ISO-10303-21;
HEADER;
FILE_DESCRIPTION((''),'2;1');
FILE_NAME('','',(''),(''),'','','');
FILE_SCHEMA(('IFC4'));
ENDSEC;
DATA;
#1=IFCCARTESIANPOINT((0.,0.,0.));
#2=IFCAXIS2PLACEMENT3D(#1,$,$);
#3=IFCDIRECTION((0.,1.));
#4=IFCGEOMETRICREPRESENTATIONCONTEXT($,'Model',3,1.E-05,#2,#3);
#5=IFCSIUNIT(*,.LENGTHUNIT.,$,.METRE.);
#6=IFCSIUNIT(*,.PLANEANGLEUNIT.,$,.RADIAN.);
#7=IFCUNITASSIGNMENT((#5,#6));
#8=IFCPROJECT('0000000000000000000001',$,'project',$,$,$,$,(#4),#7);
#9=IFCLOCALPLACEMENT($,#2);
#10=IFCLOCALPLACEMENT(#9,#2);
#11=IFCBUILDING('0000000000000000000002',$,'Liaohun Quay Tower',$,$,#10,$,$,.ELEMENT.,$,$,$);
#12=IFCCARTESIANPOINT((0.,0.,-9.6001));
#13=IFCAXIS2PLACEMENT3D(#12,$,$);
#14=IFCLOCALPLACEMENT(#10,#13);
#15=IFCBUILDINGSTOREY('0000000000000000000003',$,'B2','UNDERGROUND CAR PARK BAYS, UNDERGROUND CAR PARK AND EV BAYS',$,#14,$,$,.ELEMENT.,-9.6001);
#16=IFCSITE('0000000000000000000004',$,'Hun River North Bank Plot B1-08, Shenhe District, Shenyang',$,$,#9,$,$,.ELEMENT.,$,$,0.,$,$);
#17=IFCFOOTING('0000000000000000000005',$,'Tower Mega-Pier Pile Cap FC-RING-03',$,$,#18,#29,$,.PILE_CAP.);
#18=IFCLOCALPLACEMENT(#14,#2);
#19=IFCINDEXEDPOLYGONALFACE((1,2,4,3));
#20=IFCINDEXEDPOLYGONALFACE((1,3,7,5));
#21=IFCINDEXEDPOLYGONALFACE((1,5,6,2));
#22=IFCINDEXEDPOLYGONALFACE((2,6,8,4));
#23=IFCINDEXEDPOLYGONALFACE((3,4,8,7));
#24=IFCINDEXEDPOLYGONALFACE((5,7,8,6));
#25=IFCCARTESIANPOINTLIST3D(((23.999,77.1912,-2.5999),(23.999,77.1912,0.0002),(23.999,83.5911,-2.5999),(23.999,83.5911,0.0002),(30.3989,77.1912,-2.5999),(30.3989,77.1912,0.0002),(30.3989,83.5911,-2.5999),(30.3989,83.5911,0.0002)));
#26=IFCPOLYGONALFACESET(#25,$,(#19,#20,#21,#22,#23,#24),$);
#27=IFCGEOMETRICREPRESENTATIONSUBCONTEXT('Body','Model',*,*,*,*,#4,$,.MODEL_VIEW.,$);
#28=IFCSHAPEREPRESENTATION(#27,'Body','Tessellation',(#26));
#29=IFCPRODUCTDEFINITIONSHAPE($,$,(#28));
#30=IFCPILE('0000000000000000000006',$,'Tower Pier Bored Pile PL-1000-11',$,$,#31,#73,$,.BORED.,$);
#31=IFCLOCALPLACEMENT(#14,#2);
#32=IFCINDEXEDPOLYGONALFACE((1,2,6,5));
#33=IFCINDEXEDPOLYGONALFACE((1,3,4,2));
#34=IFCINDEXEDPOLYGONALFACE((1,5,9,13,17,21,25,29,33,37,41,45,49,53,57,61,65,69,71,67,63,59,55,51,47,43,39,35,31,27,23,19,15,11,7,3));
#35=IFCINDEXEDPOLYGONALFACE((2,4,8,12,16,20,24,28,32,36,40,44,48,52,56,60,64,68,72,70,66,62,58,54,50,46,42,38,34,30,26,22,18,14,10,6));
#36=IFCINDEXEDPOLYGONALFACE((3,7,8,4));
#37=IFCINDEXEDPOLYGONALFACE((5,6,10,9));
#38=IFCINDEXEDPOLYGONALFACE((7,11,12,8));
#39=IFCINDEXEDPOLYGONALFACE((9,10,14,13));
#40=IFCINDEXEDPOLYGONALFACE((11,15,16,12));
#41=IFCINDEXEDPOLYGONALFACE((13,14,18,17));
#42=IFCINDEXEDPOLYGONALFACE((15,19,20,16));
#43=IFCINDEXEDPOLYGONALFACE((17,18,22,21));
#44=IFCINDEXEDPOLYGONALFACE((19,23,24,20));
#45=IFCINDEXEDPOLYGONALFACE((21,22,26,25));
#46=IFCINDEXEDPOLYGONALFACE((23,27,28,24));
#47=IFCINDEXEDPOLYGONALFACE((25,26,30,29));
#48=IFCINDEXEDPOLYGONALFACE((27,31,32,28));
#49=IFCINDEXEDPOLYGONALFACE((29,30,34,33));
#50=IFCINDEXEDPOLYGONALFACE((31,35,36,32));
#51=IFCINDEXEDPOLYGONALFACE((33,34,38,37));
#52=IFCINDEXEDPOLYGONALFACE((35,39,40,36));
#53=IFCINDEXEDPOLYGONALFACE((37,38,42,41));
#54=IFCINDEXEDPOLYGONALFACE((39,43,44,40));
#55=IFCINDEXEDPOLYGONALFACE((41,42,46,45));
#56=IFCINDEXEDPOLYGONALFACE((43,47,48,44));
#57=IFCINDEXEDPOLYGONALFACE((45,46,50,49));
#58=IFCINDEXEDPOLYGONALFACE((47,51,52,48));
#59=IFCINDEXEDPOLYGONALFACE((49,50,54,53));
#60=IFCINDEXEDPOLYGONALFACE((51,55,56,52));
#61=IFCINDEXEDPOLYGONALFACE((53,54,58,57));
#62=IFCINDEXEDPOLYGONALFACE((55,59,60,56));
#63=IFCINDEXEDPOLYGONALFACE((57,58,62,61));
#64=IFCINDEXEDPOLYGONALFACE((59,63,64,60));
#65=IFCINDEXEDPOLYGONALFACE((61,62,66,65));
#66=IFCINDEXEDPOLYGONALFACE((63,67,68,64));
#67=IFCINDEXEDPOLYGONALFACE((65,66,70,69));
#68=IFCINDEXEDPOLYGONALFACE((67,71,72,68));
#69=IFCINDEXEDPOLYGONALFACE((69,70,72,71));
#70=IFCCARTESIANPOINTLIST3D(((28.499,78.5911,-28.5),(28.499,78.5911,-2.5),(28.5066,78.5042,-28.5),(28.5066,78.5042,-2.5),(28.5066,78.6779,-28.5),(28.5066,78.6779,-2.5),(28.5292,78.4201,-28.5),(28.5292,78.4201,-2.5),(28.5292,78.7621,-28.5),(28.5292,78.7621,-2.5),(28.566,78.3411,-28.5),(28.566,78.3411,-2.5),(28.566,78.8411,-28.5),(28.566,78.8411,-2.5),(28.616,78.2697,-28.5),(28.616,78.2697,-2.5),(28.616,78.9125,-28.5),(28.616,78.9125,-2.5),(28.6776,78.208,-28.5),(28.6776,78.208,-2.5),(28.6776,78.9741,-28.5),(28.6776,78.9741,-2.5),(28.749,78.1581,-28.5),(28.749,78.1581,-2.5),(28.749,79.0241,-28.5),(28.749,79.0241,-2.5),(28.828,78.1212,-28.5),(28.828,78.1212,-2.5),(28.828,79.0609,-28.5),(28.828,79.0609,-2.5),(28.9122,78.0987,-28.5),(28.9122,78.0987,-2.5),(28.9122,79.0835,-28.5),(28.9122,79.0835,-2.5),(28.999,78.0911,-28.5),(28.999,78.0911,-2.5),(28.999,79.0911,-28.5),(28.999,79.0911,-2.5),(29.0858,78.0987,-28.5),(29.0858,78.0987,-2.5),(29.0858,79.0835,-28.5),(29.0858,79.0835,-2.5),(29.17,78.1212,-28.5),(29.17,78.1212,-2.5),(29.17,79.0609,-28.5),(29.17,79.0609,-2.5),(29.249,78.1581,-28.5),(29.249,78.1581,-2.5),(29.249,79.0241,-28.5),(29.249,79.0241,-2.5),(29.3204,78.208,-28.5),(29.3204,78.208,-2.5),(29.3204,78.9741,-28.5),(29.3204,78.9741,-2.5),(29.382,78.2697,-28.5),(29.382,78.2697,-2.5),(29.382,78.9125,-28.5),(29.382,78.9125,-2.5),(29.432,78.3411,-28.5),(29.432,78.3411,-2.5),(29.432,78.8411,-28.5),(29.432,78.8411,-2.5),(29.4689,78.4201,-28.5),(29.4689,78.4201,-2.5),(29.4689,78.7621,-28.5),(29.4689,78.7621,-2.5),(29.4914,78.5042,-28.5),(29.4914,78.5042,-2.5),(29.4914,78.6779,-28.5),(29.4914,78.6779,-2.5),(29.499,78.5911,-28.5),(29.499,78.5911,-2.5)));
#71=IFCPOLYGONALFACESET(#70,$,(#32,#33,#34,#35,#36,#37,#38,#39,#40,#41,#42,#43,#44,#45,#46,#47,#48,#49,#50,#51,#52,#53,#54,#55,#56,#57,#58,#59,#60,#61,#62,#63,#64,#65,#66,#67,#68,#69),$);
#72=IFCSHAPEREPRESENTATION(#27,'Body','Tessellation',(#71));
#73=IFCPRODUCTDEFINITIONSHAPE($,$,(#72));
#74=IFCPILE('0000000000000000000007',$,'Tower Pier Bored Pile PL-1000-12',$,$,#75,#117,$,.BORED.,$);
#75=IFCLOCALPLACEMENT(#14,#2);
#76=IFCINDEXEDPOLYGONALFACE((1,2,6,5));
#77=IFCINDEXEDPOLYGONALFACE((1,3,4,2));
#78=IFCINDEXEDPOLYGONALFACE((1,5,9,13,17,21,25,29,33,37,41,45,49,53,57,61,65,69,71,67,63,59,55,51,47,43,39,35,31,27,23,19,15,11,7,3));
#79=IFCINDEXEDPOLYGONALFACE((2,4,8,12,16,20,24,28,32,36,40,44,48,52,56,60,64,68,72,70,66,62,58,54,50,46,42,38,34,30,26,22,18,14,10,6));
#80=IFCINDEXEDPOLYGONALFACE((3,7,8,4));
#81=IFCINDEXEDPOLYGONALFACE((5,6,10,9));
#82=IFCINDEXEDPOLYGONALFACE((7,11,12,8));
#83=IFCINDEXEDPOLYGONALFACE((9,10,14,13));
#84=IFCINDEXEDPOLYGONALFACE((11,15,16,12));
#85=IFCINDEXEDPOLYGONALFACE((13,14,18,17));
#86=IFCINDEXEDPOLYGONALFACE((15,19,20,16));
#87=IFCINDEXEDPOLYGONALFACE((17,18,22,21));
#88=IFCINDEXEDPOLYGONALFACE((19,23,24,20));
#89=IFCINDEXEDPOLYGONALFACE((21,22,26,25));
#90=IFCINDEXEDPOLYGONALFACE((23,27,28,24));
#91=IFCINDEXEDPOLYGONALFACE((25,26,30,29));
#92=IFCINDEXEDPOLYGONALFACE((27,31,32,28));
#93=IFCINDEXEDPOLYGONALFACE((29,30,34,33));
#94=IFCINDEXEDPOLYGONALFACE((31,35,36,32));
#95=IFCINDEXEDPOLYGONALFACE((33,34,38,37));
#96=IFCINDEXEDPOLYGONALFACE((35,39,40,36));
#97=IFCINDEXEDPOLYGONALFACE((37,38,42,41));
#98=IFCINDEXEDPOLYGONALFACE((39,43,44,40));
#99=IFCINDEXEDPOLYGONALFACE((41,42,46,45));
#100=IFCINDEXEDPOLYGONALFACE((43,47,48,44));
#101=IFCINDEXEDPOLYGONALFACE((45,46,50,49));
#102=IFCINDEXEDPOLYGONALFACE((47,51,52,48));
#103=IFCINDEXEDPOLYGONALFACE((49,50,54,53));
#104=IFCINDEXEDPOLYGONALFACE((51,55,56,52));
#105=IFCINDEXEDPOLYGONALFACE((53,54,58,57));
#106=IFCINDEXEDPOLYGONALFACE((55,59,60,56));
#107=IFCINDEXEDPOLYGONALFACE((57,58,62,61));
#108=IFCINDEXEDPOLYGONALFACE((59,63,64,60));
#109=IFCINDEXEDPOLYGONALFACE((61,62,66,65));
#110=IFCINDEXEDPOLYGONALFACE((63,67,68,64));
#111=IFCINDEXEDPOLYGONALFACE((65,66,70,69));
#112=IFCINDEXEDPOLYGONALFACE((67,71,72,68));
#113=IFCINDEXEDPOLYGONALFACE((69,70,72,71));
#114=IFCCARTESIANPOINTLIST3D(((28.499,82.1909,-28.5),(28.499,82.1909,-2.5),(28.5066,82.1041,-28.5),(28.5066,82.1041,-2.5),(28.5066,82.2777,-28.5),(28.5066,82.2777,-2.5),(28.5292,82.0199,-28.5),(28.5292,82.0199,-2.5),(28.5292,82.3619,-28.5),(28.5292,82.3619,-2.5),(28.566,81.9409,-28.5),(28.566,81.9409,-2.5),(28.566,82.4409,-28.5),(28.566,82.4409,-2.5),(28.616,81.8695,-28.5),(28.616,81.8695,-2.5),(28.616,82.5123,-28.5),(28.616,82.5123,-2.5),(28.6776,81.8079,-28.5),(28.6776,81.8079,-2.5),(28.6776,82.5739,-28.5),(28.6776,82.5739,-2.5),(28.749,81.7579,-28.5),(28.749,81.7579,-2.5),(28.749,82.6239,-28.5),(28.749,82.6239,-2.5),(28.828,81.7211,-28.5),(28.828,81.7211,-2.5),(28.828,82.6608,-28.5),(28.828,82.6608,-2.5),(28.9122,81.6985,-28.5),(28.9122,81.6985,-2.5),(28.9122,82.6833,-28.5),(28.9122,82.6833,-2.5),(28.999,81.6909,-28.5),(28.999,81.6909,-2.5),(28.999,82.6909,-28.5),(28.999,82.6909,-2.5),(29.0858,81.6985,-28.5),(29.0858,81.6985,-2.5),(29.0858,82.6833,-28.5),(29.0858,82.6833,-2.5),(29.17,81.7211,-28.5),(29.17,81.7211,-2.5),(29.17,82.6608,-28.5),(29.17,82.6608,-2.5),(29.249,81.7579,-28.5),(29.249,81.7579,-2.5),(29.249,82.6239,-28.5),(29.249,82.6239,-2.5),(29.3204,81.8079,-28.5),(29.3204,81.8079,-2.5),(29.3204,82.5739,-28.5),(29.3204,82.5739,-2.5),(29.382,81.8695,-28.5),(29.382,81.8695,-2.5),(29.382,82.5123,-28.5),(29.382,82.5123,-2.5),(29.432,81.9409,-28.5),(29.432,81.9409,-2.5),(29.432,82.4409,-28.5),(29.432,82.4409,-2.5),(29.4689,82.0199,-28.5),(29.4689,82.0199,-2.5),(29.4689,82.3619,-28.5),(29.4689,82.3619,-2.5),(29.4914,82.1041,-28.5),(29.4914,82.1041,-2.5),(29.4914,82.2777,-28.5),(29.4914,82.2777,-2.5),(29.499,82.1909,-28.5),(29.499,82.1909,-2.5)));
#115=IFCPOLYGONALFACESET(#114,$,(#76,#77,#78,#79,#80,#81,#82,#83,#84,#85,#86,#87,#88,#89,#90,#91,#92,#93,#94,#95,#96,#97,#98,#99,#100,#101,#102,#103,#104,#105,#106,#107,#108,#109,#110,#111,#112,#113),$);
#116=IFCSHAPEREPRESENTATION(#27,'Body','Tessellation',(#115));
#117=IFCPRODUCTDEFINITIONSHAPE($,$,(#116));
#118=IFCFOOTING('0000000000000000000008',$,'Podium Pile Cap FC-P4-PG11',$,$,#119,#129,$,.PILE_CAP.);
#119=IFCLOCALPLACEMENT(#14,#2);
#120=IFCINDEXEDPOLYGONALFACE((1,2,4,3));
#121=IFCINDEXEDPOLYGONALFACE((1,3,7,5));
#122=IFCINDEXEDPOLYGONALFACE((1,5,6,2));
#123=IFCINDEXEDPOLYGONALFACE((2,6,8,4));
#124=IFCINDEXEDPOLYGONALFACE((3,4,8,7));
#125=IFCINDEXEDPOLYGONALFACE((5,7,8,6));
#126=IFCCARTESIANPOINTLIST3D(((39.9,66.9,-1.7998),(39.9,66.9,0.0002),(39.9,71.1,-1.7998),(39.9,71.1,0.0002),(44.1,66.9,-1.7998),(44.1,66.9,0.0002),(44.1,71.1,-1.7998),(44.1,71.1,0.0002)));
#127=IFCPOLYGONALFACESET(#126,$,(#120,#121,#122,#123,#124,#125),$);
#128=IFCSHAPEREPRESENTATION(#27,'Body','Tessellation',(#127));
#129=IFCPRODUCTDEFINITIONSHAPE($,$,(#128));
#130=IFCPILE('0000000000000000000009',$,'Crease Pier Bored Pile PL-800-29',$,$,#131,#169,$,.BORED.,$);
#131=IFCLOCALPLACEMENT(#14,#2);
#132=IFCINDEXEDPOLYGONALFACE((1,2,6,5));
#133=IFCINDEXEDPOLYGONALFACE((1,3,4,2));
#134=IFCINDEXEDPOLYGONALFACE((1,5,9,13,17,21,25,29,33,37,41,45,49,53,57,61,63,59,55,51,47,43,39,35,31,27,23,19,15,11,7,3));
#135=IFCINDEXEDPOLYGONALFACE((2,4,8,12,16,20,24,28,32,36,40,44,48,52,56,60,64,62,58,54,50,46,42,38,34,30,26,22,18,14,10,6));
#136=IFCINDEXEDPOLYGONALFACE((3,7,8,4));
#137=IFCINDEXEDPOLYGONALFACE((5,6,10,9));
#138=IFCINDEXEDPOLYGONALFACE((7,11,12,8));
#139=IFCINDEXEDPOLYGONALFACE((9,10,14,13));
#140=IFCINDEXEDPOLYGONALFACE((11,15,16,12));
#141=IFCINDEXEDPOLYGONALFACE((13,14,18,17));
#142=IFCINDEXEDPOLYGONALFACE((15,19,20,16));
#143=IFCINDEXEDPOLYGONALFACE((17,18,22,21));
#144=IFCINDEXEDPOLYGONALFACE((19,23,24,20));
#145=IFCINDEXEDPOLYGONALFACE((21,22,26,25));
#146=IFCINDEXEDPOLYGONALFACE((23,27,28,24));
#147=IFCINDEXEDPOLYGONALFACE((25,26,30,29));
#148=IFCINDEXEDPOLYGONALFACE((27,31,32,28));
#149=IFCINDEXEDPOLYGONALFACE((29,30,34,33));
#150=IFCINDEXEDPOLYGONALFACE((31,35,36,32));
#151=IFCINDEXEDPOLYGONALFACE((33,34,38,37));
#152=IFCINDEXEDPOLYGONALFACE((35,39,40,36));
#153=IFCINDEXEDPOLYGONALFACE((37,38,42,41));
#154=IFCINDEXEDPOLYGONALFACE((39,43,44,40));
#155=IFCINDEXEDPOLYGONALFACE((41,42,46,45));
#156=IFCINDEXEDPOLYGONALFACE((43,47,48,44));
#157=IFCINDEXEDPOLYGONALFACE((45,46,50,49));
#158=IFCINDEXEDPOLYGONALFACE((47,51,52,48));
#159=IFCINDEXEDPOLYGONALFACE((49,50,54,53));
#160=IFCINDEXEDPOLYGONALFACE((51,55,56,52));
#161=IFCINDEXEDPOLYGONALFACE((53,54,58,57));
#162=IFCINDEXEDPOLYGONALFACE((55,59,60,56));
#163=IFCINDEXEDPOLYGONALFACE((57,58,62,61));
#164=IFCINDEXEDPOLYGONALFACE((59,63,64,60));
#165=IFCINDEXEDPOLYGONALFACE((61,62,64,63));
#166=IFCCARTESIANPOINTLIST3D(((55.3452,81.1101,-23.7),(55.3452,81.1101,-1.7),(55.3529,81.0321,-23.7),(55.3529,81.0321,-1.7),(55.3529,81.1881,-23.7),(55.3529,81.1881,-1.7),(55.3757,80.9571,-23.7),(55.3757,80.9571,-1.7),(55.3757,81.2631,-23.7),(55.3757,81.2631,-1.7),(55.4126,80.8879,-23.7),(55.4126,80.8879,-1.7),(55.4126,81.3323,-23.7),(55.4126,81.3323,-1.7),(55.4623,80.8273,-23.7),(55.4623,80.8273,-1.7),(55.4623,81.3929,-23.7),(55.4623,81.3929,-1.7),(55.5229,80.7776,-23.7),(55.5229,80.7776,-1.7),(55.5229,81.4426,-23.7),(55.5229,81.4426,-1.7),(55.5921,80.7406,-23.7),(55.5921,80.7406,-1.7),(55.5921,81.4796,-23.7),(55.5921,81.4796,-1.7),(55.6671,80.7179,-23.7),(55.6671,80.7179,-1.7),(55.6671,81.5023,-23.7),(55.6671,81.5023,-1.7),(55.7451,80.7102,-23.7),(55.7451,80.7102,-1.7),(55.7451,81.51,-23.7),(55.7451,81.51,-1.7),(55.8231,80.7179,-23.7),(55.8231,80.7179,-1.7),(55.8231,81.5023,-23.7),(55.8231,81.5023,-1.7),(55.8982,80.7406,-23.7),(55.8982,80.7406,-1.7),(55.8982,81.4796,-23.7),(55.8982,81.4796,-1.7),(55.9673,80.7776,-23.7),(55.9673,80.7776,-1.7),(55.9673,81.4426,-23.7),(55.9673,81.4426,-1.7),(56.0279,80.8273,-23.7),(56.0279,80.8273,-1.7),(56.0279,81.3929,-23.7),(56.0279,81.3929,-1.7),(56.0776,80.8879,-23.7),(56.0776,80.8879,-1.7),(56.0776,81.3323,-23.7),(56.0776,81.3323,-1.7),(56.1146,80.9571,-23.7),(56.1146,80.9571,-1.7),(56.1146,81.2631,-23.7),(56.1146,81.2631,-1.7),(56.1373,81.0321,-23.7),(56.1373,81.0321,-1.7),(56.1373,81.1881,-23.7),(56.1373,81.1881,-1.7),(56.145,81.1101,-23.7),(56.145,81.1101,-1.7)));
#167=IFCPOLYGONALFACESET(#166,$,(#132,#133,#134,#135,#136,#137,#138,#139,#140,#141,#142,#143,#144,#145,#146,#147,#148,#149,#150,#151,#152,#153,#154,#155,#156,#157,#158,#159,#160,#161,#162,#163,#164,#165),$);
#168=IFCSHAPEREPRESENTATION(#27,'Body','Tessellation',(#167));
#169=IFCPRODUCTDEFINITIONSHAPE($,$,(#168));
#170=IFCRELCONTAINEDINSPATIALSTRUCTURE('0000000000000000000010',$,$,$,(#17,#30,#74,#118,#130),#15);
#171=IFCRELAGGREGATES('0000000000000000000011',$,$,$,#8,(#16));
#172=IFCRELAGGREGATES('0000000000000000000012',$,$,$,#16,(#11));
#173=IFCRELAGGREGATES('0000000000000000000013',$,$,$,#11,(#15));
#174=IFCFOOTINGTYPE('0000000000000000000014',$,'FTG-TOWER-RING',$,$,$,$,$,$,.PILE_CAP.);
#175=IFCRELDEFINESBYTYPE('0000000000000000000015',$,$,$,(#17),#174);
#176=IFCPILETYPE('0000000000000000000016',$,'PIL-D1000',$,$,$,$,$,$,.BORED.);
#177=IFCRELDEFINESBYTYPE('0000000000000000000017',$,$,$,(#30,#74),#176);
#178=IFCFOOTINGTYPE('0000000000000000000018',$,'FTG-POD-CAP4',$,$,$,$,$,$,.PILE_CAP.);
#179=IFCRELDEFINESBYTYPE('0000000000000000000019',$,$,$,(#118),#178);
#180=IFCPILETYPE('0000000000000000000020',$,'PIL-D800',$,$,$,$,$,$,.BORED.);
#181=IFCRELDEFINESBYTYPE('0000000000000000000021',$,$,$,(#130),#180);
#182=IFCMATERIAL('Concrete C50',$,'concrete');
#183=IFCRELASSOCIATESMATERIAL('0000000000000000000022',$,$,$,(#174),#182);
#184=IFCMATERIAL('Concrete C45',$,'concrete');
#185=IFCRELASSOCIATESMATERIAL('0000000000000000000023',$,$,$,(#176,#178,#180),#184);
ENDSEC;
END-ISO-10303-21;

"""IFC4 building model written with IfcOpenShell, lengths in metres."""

from ifc_helpers import new_model, si_unit, direction, frame, origin, origin_2d, place, context, subcontext, project, spatial, rectangle, circle, extrude, source, transform, mapped, material, material_profile, profile_set, type_object, element, save


model = new_model("IFC4")

# Units and contexts
model_context = context("Model", 3, precision=1e-05, world=origin(), true_north=direction((0.0, 1.0)))
body_context = subcontext(model_context, "Body", "Model", "MODEL_VIEW")
ifc_project = project(units=[si_unit("LENGTHUNIT", "METRE"), si_unit("PLANEANGLEUNIT", "RADIAN")], contexts=[model_context])

# Site, building, storey
site_placement = place(None, origin())
site = spatial("IfcSite", under=ifc_project, at=site_placement, Name="Hun River North Bank Plot B1-08, Shenhe District, Shenyang", CompositionType="ELEMENT", RefElevation=0.0)
building_placement = place(site_placement, origin())
building = spatial("IfcBuilding", under=site, at=building_placement, Name="Liaohun Quay Tower", CompositionType="ELEMENT")
storey_placement = place(building_placement, frame((0.0, 0.0, -9.6001)))
storey = spatial("IfcBuildingStorey", under=building, at=storey_placement, Name="B2", Description="UNDERGROUND CAR PARK BAYS, UNDERGROUND CAR PARK AND EV BAYS", CompositionType="ELEMENT", Elevation=-9.6001)

# Footing
ifc_material_1 = material(Name="Concrete C50", Category="concrete")
footing_type_1 = type_object("IfcFootingType", Name="FTG-TOWER-RING", PredefinedType="PILE_CAP", material=ifc_material_1)
shared_shape_1 = source(origin(), body_context, "Body", "SweptSolid", [
    extrude(rectangle(XDim=6.3999, YDim=6.3999, at=origin_2d()), origin(), (0.0, 0.0, 1.0), 2.6001),
])
footing_1_placement = place(storey_placement, frame((27.199, 80.3911, -2.5999), z_axis=(0.0, 0.0, 1.0), x_axis=(1.0, 0.0, 0.0)))
element("IfcFooting", 1, at=footing_1_placement, inside=storey, type_object=footing_type_1, Name="Tower Mega-Pier Pile Cap FC-RING-03", PredefinedType="PILE_CAP", context=body_context, shape_type="MappedRepresentation", body=[
    mapped(shared_shape_1, transform((0.0, 0.0, 0.0), x_axis=(1.0, 0.0, 0.0), y_axis=(0.0, 1.0, 0.0), z_axis=(0.0, 0.0, 1.0), scale=1.0)),
])

# Piles
ifc_material_2 = material(Name="Concrete C45", Category="concrete")
ifc_material_profile_1 = material_profile(ifc_material_2, circle(Radius=0.5, at=origin_2d()), Name="PILE-D1000")
ifc_profile_set_1 = profile_set([ifc_material_profile_1], Name="Concrete C45")
pile_type_1 = type_object("IfcPileType", Name="PIL-D1000", PredefinedType="BORED", material=ifc_profile_set_1)
shared_shape_2 = source(origin(), body_context, "Body", "SweptSolid", [
    extrude(circle(Radius=0.5, at=origin_2d()), origin(), (0.0, 0.0, 1.0), 26.0),
])
for number, where, z_axis, x_axis, name in (
    (2, (28.999, 78.5911, -2.5), (0.0, 0.0, -1.0), (1.0, 0.0, 0.0), "Tower Pier Bored Pile PL-1000-11"),
    (3, (28.999, 82.1909, -2.5), (0.0, 0.0, -1.0), (1.0, 0.0, 0.0), "Tower Pier Bored Pile PL-1000-12"),
):
    element("IfcPile", number, at=place(storey_placement, frame(where, z_axis=z_axis, x_axis=x_axis)), inside=storey, type_object=pile_type_1, Name=name, PredefinedType="BORED", context=body_context, shape_type="MappedRepresentation", body=[
        mapped(shared_shape_2, transform((0.0, 0.0, 0.0), x_axis=(1.0, 0.0, 0.0), y_axis=(0.0, 1.0, 0.0), z_axis=(0.0, 0.0, 1.0), scale=1.0)),
    ])

# Footing
footing_type_2 = type_object("IfcFootingType", Name="FTG-POD-CAP4", PredefinedType="PILE_CAP", material=ifc_material_2)
shared_shape_3 = source(origin(), body_context, "Body", "SweptSolid", [
    extrude(rectangle(XDim=4.2, YDim=4.2, at=origin_2d()), origin(), (0.0, 0.0, 1.0), 1.8),
])
footing_2_placement = place(storey_placement, frame((42.0, 69.0, -1.7998), z_axis=(0.0, 0.0, 1.0), x_axis=(1.0, 0.0, 0.0)))
element("IfcFooting", 4, at=footing_2_placement, inside=storey, type_object=footing_type_2, Name="Podium Pile Cap FC-P4-PG11", PredefinedType="PILE_CAP", context=body_context, shape_type="MappedRepresentation", body=[
    mapped(shared_shape_3, transform((0.0, 0.0, 0.0), x_axis=(1.0, 0.0, 0.0), y_axis=(0.0, 1.0, 0.0), z_axis=(0.0, 0.0, 1.0), scale=1.0)),
])

# Pile
ifc_material_profile_2 = material_profile(ifc_material_2, circle(Radius=0.3999, at=origin_2d()), Name="PILE-D800")
ifc_profile_set_2 = profile_set([ifc_material_profile_2], Name="Concrete C45")
pile_type_2 = type_object("IfcPileType", Name="PIL-D800", PredefinedType="BORED", material=ifc_profile_set_2)
shared_shape_4 = source(origin(), body_context, "Body", "SweptSolid", [
    extrude(circle(Radius=0.3999, at=origin_2d()), origin(), (0.0, 0.0, 1.0), 22.0),
])
for number, where, z_axis, x_axis, name in (
    (5, (55.7451, 81.1101, -1.7), (0.0, 0.0, -1.0), (1.0, 0.0, 0.0), "Crease Pier Bored Pile PL-800-29"),
):
    element("IfcPile", number, at=place(storey_placement, frame(where, z_axis=z_axis, x_axis=x_axis)), inside=storey, type_object=pile_type_2, Name=name, PredefinedType="BORED", context=body_context, shape_type="MappedRepresentation", body=[
        mapped(shared_shape_4, transform((0.0, 0.0, 0.0), x_axis=(1.0, 0.0, 0.0), y_axis=(0.0, 1.0, 0.0), z_axis=(0.0, 0.0, 1.0), scale=1.0)),
    ])

save(model, "model.ifc")
